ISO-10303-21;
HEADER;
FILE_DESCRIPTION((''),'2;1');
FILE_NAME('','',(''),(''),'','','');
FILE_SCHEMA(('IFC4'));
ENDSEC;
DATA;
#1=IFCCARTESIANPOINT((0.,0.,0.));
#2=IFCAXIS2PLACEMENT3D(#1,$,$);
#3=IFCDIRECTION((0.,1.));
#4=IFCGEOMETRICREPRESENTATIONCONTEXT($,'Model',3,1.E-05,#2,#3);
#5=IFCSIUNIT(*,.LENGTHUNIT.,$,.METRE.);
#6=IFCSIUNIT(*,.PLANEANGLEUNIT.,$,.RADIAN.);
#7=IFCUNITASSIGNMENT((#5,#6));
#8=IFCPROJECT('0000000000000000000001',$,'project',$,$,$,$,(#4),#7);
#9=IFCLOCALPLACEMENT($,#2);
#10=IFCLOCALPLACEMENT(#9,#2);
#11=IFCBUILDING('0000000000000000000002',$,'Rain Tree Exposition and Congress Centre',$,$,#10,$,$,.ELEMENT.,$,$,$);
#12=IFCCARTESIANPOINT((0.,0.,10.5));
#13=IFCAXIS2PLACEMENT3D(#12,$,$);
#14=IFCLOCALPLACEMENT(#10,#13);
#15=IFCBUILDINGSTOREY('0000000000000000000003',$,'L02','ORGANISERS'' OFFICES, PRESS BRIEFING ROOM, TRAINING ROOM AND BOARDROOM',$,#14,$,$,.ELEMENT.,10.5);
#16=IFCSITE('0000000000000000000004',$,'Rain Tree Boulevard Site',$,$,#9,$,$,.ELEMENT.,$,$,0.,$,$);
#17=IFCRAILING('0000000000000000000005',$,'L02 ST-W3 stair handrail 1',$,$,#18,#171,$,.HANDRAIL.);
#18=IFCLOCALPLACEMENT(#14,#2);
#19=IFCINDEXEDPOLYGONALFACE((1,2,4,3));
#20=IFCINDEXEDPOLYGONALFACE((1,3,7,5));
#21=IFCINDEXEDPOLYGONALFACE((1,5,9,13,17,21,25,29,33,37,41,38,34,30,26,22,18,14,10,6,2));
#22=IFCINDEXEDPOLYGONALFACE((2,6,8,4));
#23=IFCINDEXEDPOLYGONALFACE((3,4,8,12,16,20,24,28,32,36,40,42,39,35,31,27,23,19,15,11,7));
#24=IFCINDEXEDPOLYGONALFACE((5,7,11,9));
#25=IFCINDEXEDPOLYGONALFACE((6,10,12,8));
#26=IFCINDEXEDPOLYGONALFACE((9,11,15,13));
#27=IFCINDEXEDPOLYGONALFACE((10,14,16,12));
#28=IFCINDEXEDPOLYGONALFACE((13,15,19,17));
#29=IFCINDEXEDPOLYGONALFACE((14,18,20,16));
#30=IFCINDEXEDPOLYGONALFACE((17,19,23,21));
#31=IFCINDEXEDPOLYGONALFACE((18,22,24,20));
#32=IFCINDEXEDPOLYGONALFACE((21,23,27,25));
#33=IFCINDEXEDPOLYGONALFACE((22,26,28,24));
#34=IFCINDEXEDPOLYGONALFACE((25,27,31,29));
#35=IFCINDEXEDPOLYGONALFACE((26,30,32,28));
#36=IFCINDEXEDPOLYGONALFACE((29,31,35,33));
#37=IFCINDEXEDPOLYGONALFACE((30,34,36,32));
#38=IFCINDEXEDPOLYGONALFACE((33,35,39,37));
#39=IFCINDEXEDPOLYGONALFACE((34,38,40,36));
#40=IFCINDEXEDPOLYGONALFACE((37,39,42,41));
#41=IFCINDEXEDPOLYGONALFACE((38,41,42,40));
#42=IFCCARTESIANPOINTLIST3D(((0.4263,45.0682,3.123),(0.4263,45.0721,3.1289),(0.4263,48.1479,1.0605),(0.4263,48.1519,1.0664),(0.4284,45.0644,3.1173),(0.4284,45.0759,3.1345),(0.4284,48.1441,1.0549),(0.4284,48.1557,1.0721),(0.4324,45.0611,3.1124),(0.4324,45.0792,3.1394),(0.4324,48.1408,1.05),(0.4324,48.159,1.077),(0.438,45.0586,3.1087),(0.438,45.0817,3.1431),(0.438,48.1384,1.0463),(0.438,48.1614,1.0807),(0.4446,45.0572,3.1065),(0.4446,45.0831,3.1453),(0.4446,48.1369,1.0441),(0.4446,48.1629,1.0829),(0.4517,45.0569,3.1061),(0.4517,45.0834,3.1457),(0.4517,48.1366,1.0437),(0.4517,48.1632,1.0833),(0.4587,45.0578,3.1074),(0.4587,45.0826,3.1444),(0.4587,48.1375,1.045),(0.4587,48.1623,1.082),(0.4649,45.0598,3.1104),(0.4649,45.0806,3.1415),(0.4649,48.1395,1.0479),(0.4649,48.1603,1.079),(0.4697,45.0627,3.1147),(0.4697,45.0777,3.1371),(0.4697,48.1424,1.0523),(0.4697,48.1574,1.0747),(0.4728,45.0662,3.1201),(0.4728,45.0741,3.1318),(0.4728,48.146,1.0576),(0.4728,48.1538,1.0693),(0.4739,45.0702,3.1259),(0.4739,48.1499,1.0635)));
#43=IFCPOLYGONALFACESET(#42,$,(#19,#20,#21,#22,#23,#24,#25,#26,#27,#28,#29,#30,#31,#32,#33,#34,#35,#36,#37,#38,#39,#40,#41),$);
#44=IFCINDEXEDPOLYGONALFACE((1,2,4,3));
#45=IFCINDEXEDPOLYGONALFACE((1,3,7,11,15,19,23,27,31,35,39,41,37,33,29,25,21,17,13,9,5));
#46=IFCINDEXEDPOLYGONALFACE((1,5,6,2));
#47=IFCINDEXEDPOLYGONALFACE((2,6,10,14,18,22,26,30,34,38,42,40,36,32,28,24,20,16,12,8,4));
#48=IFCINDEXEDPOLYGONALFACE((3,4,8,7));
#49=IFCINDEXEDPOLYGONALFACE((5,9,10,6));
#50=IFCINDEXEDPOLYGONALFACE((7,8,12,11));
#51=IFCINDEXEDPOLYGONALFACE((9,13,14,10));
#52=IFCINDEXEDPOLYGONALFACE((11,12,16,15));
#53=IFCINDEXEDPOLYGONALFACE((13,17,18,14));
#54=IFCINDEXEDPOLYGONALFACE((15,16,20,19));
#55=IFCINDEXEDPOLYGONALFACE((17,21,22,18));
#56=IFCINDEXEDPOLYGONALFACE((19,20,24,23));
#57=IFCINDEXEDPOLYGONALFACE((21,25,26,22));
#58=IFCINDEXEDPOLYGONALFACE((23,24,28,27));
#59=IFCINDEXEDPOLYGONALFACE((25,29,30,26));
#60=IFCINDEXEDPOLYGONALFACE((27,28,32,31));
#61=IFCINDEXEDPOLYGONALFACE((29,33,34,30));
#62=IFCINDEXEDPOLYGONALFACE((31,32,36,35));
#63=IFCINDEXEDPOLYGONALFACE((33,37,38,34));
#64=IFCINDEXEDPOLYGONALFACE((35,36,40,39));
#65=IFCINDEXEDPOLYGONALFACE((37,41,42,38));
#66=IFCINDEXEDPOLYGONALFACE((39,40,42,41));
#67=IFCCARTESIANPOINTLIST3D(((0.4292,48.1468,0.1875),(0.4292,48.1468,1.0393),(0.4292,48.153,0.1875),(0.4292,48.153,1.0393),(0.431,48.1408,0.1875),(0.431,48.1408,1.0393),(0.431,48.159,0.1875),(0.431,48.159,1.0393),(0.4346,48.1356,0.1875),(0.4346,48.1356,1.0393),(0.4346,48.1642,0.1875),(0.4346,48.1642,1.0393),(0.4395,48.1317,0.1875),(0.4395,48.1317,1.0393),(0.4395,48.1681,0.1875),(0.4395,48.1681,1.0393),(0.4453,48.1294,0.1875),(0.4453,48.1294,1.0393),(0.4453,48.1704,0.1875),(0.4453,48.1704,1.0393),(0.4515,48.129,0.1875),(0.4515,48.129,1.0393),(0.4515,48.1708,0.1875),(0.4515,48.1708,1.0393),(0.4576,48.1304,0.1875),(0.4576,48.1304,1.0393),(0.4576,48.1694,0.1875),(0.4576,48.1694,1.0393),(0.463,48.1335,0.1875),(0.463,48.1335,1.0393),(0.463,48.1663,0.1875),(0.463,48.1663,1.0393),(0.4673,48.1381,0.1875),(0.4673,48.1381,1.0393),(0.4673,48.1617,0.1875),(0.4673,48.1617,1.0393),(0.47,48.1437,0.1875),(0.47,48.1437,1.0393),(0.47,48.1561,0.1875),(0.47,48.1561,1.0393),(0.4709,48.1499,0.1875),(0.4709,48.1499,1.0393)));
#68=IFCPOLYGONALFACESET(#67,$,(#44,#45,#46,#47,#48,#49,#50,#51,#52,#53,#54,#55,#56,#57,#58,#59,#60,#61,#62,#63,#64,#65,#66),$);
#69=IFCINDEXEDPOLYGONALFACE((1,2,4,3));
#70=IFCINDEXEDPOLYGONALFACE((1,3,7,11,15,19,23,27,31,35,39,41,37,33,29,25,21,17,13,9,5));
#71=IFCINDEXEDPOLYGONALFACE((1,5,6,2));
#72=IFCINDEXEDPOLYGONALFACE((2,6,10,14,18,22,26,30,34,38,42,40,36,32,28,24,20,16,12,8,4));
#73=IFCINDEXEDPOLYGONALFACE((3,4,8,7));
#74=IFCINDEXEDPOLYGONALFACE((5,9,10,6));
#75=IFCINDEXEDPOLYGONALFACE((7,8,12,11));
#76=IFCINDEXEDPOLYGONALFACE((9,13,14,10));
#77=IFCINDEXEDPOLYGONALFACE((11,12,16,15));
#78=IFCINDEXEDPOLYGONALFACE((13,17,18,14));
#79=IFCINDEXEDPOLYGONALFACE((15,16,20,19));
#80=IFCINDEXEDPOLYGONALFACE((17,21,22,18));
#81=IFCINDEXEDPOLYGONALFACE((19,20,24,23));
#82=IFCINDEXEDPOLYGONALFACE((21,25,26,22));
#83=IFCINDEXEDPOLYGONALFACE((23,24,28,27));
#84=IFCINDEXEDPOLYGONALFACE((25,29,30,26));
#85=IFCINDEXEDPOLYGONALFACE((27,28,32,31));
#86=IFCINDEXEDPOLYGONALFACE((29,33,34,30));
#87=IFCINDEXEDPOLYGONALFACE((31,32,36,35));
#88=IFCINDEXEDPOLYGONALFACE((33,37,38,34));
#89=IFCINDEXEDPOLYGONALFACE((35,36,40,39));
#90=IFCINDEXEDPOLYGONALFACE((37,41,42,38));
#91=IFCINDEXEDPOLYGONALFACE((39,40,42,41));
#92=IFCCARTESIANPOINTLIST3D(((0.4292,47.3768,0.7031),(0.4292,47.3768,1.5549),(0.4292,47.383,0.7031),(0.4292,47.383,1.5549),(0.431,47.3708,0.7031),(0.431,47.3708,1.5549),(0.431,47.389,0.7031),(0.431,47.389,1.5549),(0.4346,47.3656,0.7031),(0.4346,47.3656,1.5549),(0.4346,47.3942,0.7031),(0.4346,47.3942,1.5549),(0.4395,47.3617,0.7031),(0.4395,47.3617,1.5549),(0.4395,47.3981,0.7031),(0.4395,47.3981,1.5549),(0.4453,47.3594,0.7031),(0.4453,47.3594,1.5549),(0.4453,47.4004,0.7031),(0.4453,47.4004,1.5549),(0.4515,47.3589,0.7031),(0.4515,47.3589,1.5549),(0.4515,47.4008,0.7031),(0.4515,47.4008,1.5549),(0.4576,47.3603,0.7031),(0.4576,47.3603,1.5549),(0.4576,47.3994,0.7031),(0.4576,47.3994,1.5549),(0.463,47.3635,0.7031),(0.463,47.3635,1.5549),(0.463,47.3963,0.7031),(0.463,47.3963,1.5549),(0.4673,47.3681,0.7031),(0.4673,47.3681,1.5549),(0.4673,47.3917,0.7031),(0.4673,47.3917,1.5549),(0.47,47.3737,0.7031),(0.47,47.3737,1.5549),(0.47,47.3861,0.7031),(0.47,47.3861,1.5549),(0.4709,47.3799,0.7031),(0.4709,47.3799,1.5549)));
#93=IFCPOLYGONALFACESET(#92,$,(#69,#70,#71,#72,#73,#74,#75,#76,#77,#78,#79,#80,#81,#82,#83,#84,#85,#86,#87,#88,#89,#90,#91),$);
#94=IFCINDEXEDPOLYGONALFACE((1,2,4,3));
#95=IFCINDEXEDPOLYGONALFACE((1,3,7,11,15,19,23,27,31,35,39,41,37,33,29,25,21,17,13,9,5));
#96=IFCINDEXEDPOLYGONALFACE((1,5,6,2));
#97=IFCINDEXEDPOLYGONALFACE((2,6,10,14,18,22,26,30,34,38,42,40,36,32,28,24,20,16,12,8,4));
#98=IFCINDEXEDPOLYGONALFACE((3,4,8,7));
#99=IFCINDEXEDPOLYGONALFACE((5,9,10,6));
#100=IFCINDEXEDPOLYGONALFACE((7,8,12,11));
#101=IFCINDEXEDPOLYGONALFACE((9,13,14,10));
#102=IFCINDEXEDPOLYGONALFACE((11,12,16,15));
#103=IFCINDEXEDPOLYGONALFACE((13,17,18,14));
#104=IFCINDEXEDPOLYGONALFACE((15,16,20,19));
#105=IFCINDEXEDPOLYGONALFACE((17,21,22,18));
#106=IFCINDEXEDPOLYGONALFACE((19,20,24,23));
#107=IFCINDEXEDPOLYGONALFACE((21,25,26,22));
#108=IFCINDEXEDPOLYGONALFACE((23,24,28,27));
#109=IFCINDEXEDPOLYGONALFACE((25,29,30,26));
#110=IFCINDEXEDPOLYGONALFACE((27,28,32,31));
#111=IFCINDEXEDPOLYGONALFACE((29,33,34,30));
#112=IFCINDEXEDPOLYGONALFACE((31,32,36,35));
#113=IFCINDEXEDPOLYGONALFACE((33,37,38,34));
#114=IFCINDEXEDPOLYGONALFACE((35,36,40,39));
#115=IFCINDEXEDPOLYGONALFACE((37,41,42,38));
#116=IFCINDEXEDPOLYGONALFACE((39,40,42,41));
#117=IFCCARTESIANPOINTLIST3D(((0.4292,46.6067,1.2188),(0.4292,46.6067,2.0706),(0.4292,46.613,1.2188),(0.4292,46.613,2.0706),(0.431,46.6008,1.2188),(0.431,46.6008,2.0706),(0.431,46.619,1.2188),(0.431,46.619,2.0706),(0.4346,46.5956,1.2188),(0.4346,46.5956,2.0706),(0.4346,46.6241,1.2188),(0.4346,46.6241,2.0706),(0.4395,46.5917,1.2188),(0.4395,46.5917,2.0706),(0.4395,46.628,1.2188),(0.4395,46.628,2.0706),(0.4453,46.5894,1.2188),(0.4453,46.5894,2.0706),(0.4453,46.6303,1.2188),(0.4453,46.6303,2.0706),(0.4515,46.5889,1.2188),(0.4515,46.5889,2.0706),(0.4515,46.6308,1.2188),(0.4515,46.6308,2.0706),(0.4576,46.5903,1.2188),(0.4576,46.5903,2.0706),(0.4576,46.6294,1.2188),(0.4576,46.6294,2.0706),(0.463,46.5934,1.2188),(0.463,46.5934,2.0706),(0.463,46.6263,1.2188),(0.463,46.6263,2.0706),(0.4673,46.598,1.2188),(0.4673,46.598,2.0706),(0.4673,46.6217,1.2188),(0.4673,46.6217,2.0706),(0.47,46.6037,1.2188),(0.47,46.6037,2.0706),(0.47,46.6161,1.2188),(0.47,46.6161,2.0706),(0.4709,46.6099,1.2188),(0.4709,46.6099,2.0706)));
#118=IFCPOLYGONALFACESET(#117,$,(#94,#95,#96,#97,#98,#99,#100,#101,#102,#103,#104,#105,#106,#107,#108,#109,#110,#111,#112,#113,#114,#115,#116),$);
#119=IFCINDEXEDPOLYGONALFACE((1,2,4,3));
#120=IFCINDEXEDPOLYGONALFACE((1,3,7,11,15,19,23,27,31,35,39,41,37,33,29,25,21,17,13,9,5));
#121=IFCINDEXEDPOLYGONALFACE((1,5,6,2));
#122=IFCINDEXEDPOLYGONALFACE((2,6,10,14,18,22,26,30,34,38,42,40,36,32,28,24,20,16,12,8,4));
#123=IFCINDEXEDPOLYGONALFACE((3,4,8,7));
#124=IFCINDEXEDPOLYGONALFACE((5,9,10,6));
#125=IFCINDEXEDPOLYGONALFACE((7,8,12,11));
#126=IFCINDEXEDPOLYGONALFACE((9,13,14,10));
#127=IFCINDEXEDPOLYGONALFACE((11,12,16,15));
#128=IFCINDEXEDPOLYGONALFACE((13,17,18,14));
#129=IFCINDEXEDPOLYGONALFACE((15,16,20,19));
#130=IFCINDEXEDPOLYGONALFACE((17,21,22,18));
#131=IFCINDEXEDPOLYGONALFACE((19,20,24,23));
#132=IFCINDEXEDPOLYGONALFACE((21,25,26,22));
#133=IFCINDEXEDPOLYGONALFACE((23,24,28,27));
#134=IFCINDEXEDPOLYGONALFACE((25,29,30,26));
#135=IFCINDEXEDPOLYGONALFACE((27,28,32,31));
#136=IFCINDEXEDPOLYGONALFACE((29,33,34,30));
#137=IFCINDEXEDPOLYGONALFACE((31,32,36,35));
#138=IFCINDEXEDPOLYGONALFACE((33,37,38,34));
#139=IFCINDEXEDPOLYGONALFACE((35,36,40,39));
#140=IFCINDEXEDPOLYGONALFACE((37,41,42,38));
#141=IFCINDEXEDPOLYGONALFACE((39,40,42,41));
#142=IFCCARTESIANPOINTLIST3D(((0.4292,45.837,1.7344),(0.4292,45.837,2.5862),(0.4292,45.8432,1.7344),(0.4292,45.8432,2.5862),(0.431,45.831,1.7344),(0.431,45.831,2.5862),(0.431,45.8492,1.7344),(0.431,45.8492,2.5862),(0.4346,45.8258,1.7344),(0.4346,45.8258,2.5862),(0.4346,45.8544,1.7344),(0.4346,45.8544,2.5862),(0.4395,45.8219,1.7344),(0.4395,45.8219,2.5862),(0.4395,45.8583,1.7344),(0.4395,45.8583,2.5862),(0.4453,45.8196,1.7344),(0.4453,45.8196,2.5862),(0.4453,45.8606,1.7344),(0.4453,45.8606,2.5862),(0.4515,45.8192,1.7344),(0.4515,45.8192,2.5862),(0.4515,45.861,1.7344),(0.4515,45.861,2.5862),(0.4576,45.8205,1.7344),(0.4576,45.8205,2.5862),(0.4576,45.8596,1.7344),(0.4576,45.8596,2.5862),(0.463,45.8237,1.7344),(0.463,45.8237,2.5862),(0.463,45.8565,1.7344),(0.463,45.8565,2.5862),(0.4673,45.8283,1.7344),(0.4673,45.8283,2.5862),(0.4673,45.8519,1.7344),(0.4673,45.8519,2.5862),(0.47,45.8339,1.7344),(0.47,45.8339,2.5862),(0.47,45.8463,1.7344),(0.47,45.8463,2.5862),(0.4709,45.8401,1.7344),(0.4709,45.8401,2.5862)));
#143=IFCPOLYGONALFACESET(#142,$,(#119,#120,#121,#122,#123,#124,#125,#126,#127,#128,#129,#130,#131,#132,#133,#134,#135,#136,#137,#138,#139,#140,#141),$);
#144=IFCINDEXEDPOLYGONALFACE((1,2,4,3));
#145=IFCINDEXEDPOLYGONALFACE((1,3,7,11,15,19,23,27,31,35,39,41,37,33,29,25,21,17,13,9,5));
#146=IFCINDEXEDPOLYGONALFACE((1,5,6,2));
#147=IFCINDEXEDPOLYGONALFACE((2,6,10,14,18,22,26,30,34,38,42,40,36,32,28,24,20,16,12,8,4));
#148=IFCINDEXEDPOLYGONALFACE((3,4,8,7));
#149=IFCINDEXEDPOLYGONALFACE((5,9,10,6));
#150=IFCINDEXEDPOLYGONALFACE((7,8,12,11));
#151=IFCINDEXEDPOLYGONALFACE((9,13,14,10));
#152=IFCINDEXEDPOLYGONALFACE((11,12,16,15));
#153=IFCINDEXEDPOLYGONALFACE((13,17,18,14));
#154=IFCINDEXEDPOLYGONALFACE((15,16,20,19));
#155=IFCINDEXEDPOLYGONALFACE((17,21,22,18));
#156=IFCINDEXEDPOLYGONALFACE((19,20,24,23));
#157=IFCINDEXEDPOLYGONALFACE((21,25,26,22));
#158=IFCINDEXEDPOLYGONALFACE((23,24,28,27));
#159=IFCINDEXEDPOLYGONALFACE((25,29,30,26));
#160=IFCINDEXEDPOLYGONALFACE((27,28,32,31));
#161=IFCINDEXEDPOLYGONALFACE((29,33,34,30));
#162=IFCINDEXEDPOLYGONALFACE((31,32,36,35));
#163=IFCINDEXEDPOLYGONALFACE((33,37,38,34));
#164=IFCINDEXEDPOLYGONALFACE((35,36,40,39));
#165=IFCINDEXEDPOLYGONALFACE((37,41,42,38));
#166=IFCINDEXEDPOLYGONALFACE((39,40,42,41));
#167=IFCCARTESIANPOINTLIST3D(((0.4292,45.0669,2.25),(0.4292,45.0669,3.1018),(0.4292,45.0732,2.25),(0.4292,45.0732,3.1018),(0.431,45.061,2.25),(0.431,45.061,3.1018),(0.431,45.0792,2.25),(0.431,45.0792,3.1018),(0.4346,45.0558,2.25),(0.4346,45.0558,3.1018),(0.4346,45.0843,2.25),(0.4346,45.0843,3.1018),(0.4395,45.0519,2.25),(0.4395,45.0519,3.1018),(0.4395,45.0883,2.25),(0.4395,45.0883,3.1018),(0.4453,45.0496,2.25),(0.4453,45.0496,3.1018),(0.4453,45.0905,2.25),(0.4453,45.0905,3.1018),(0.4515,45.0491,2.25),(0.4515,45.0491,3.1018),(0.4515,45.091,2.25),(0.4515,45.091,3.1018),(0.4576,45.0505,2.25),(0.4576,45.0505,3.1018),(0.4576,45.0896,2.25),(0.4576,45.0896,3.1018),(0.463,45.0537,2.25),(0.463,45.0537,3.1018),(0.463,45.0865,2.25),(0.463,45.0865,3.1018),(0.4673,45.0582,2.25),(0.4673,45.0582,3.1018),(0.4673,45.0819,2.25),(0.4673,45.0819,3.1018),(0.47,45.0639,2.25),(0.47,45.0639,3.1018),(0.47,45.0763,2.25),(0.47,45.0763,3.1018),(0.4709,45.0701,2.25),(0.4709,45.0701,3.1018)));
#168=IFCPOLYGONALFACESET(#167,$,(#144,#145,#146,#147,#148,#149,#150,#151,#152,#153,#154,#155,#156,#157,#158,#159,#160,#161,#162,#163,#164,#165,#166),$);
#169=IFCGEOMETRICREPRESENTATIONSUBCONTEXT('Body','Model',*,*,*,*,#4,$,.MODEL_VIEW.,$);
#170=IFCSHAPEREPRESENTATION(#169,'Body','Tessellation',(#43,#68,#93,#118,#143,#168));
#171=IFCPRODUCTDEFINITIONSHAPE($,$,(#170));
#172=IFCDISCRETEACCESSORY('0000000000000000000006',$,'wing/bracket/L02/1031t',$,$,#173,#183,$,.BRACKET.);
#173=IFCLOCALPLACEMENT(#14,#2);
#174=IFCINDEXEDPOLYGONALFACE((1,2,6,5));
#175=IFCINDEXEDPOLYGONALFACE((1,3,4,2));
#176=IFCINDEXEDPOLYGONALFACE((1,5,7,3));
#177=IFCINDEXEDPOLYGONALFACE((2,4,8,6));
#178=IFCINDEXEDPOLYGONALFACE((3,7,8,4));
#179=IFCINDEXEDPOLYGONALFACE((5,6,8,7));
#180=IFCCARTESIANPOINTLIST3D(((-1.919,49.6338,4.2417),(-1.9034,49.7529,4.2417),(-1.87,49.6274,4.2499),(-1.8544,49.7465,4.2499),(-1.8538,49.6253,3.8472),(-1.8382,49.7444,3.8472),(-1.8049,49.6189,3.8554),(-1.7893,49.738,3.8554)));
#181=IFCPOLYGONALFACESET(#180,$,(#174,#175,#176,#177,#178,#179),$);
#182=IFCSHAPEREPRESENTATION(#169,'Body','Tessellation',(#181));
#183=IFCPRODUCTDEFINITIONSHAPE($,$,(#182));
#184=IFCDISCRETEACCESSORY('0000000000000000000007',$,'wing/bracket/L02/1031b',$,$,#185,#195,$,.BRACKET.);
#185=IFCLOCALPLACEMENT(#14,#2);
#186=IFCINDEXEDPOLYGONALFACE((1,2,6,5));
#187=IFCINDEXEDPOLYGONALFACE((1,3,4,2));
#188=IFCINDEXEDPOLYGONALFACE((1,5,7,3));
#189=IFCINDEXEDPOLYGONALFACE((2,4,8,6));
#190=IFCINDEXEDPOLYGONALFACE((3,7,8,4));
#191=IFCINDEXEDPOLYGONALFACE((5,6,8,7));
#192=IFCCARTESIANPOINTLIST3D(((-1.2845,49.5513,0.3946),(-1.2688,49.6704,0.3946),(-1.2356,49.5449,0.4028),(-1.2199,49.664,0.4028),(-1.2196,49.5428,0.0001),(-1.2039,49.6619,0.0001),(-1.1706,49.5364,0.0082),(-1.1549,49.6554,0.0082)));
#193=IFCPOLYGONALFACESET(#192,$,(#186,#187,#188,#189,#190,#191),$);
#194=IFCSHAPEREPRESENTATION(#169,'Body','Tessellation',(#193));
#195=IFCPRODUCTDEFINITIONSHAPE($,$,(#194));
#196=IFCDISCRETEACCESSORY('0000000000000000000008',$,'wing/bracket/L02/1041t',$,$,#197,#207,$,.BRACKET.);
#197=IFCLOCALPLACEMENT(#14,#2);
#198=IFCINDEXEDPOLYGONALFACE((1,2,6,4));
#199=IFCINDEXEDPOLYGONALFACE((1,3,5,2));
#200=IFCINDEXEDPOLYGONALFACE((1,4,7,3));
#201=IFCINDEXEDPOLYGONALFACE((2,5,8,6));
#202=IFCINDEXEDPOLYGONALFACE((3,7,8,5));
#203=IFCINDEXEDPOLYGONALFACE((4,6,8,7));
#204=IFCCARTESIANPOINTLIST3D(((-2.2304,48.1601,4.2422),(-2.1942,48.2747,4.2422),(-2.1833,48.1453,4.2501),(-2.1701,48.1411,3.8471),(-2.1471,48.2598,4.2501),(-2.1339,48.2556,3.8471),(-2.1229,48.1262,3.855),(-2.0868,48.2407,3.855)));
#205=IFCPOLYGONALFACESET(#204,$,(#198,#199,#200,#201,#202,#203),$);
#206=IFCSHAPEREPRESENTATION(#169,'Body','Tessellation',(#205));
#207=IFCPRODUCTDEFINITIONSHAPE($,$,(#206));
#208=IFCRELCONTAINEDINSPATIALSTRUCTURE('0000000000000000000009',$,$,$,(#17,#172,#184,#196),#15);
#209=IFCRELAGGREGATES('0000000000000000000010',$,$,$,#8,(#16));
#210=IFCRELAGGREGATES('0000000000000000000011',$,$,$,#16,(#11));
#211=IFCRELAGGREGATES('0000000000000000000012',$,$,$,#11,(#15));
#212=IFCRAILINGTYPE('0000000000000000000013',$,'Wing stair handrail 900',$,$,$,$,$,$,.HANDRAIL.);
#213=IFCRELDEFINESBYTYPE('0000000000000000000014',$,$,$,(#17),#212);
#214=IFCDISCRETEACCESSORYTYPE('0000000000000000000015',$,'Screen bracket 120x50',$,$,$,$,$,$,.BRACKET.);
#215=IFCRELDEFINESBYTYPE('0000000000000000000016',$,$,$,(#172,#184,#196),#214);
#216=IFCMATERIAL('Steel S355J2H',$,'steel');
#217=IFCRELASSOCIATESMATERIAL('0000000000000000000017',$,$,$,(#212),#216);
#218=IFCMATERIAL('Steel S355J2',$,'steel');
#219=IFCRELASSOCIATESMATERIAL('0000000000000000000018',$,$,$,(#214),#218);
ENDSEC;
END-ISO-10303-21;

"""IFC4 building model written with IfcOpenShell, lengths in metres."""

from ifc_helpers import new_model, si_unit, direction, frame, origin, origin_2d, place, context, subcontext, project, spatial, rectangle, circle, extrude, material, material_profile, profile_set, type_object, element, save


model = new_model("IFC4")

# Units and contexts
model_context = context("Model", 3, precision=1e-05, world=origin(), true_north=direction((0.0, 1.0)))
body_context = subcontext(model_context, "Body", "Model", "MODEL_VIEW")
ifc_project = project(units=[si_unit("LENGTHUNIT", "METRE"), si_unit("PLANEANGLEUNIT", "RADIAN")], contexts=[model_context])

# Site, building, storey
site_placement = place(None, origin())
site = spatial("IfcSite", under=ifc_project, at=site_placement, Name="Rain Tree Boulevard Site", CompositionType="ELEMENT", RefElevation=0.0)
building_placement = place(site_placement, origin())
building = spatial("IfcBuilding", under=site, at=building_placement, Name="Rain Tree Exposition and Congress Centre", CompositionType="ELEMENT")
storey_placement = place(building_placement, frame((0.0, 0.0, 10.5)))
storey = spatial("IfcBuildingStorey", under=building, at=storey_placement, Name="L02", Description="ORGANISERS' OFFICES, PRESS BRIEFING ROOM, TRAINING ROOM AND BOARDROOM", CompositionType="ELEMENT", Elevation=10.5)

# Railing
ifc_material_1 = material(Name="Steel S355J2H", Category="steel")
railing_type_1 = type_object("IfcRailingType", Name="Wing stair handrail 900", PredefinedType="HANDRAIL", material=ifc_material_1)
railing_1_placement = place(storey_placement, frame((0.45, 48.1499, 0.1875)))
element("IfcRailing", 1, at=railing_1_placement, inside=storey, type_object=railing_type_1, Name="L02 ST-W3 stair handrail 1", PredefinedType="HANDRAIL", context=body_context, shape_type="SweptSolid", body=[
    extrude(circle(Radius=0.0239, at=origin_2d()), frame((0.0, 0.0, 0.876), z_axis=(0.0, -0.830893, 0.556432), x_axis=(1.0, 0.0, 0.0)), (0.0, 0.0, 1.0), 3.7065),
    extrude(circle(Radius=0.021, at=origin_2d()), origin(), (0.0, 0.0, 1.0), 0.8518),
    extrude(circle(Radius=0.021, at=origin_2d()), frame((0.0, -0.77, 0.5156)), (0.0, 0.0, 1.0), 0.8518),
    extrude(circle(Radius=0.021, at=origin_2d()), frame((0.0, -1.54, 1.0312)), (0.0, 0.0, 1.0), 0.8518),
    extrude(circle(Radius=0.021, at=origin_2d()), frame((0.0, -2.3098, 1.5469)), (0.0, 0.0, 1.0), 0.8518),
    extrude(circle(Radius=0.021, at=origin_2d()), frame((0.0, -3.0798, 2.0625)), (0.0, 0.0, 1.0), 0.8518),
])

# Discrete accessories
ifc_material_2 = material(Name="Steel S355J2", Category="steel")
ifc_material_profile_1 = material_profile(ifc_material_2, rectangle(XDim=0.1201, YDim=0.05, at=origin_2d()), Name="Flat bar 120x50")
ifc_profile_set_1 = profile_set([ifc_material_profile_1], Name="Steel S355J2")
discrete_accessory_type = type_object("IfcDiscreteAccessoryType", Name="Screen bracket 120x50", PredefinedType="BRACKET", material=ifc_profile_set_1)
for number, where, z_axis, x_axis, name in (
    (2, (-1.8215, 49.6816, 3.8513), (-0.162976, 0.021364, 0.986399), (-0.129974, -0.991517, 0.0), "wing/bracket/L02/1031t"),
    (3, (-1.1873, 49.5991, 0.0042), (-0.162381, 0.021366, 0.986497), (-0.130455, -0.991454, 0.0), "wing/bracket/L02/1031b"),
):
    element("IfcDiscreteAccessory", number, at=place(storey_placement, frame(where, z_axis=z_axis, x_axis=x_axis)), inside=storey, type_object=discrete_accessory_type, Name=name, PredefinedType="BRACKET", context=body_context, shape_type="SweptSolid", body=[
        extrude(rectangle(XDim=0.1201, YDim=0.05, at=origin_2d()), origin(), (0.0, 0.0, 1.0), 0.3999),
    ])
for number, where, z_axis, x_axis, name in (
    (4, (-2.1284, 48.1909, 3.8511), (-0.150738, 0.047602, 0.987427), (-0.301131, -0.953583, 0.0), "wing/bracket/L02/1041t"),
):
    element("IfcDiscreteAccessory", number, at=place(storey_placement, frame(where, z_axis=z_axis, x_axis=x_axis)), inside=storey, type_object=discrete_accessory_type, Name=name, PredefinedType="BRACKET", context=body_context, shape_type="SweptSolid", body=[
        extrude(rectangle(XDim=0.1201, YDim=0.05, at=origin_2d()), origin(), (0.0, 0.0, 1.0), 0.4001),
    ])

save(model, "model.ifc")
